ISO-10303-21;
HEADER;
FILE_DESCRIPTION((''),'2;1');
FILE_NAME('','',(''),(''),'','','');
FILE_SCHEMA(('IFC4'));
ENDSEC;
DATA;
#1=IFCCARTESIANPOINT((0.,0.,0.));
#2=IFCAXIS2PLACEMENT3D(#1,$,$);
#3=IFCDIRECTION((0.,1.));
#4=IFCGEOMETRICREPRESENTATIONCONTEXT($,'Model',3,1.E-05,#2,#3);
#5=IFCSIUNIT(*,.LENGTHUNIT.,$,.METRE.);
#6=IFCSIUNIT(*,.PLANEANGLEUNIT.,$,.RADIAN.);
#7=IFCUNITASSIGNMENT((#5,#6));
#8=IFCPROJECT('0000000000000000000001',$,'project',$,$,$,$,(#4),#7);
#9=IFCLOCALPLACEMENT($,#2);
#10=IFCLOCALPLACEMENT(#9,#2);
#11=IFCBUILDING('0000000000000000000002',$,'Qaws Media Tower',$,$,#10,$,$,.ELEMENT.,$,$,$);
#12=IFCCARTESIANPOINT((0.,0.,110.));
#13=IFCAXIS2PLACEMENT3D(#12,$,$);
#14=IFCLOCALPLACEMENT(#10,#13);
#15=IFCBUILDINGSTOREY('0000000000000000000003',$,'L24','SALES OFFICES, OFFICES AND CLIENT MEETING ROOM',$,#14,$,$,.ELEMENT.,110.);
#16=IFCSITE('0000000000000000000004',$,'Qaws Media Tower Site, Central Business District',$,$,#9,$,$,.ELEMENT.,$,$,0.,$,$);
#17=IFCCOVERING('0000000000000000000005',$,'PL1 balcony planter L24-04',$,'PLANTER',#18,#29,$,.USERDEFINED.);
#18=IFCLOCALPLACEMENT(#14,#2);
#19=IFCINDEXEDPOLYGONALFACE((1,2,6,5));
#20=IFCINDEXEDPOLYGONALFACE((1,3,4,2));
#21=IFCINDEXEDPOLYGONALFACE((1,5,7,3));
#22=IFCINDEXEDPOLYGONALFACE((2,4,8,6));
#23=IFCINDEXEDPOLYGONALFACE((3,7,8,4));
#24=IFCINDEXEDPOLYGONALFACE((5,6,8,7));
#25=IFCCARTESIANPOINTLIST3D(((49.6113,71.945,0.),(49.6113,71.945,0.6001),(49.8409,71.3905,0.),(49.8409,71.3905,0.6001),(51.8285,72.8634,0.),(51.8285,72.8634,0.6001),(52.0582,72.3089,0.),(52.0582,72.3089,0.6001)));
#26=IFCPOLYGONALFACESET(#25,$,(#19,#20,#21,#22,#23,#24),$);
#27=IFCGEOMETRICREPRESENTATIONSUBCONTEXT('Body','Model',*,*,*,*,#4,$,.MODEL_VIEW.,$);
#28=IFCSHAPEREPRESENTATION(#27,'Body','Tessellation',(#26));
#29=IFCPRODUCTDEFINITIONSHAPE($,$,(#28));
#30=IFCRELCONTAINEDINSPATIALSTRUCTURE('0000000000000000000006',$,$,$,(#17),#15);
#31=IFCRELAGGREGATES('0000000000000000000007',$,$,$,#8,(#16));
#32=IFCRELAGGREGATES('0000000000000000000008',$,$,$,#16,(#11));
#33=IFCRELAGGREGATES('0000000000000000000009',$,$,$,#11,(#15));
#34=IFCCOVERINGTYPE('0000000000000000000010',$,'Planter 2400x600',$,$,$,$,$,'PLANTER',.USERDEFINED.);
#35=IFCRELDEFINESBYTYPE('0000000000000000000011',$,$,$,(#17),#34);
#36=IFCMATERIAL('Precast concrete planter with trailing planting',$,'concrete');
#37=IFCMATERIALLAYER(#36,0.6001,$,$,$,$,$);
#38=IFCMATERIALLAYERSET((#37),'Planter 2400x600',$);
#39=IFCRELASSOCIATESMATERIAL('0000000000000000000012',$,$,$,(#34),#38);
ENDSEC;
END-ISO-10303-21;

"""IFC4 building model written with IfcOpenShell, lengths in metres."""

from ifc_helpers import new_model, si_unit, direction, frame, origin, origin_2d, place, context, subcontext, project, spatial, rectangle, extrude, material, layer, layer_set, type_object, element, save


model = new_model("IFC4")

# Units and contexts
model_context = context("Model", 3, precision=1e-05, world=origin(), true_north=direction((0.0, 1.0)))
body_context = subcontext(model_context, "Body", "Model", "MODEL_VIEW")
ifc_project = project(units=[si_unit("LENGTHUNIT", "METRE"), si_unit("PLANEANGLEUNIT", "RADIAN")], contexts=[model_context])

# Site, building, storey
site_placement = place(None, origin())
site = spatial("IfcSite", under=ifc_project, at=site_placement, Name="Qaws Media Tower Site, Central Business District", CompositionType="ELEMENT", RefElevation=0.0)
building_placement = place(site_placement, origin())
building = spatial("IfcBuilding", under=site, at=building_placement, Name="Qaws Media Tower", CompositionType="ELEMENT")
storey_placement = place(building_placement, frame((0.0, 0.0, 110.0)))
storey = spatial("IfcBuildingStorey", under=building, at=storey_placement, Name="L24", Description="SALES OFFICES, OFFICES AND CLIENT MEETING ROOM", CompositionType="ELEMENT", Elevation=110.0)

# Covering
ifc_material_1 = material(Name="Precast concrete planter with trailing planting", Category="concrete")
ifc_layer_1 = layer(ifc_material_1, 0.6001)
ifc_layer_set_1 = layer_set([ifc_layer_1], Name="Planter 2400x600")
covering_type = type_object("IfcCoveringType", Name="Planter 2400x600", ElementType="PLANTER", PredefinedType="USERDEFINED", material=ifc_layer_set_1)
covering_placement = place(storey_placement, frame((50.8347, 72.127, 0.0), z_axis=(0.0, 0.0, 1.0), x_axis=(-0.92388, -0.382683, 0.0)))
element("IfcCovering", 1, at=covering_placement, inside=storey, type_object=covering_type, Name="PL1 balcony planter L24-04", ObjectType="PLANTER", PredefinedType="USERDEFINED", context=body_context, shape_type="SweptSolid", body=[
    extrude(rectangle(XDim=2.3999, YDim=0.6001, at=origin_2d()), origin(), (0.0, 0.0, 1.0), 0.6001),
])

save(model, "model.ifc")
